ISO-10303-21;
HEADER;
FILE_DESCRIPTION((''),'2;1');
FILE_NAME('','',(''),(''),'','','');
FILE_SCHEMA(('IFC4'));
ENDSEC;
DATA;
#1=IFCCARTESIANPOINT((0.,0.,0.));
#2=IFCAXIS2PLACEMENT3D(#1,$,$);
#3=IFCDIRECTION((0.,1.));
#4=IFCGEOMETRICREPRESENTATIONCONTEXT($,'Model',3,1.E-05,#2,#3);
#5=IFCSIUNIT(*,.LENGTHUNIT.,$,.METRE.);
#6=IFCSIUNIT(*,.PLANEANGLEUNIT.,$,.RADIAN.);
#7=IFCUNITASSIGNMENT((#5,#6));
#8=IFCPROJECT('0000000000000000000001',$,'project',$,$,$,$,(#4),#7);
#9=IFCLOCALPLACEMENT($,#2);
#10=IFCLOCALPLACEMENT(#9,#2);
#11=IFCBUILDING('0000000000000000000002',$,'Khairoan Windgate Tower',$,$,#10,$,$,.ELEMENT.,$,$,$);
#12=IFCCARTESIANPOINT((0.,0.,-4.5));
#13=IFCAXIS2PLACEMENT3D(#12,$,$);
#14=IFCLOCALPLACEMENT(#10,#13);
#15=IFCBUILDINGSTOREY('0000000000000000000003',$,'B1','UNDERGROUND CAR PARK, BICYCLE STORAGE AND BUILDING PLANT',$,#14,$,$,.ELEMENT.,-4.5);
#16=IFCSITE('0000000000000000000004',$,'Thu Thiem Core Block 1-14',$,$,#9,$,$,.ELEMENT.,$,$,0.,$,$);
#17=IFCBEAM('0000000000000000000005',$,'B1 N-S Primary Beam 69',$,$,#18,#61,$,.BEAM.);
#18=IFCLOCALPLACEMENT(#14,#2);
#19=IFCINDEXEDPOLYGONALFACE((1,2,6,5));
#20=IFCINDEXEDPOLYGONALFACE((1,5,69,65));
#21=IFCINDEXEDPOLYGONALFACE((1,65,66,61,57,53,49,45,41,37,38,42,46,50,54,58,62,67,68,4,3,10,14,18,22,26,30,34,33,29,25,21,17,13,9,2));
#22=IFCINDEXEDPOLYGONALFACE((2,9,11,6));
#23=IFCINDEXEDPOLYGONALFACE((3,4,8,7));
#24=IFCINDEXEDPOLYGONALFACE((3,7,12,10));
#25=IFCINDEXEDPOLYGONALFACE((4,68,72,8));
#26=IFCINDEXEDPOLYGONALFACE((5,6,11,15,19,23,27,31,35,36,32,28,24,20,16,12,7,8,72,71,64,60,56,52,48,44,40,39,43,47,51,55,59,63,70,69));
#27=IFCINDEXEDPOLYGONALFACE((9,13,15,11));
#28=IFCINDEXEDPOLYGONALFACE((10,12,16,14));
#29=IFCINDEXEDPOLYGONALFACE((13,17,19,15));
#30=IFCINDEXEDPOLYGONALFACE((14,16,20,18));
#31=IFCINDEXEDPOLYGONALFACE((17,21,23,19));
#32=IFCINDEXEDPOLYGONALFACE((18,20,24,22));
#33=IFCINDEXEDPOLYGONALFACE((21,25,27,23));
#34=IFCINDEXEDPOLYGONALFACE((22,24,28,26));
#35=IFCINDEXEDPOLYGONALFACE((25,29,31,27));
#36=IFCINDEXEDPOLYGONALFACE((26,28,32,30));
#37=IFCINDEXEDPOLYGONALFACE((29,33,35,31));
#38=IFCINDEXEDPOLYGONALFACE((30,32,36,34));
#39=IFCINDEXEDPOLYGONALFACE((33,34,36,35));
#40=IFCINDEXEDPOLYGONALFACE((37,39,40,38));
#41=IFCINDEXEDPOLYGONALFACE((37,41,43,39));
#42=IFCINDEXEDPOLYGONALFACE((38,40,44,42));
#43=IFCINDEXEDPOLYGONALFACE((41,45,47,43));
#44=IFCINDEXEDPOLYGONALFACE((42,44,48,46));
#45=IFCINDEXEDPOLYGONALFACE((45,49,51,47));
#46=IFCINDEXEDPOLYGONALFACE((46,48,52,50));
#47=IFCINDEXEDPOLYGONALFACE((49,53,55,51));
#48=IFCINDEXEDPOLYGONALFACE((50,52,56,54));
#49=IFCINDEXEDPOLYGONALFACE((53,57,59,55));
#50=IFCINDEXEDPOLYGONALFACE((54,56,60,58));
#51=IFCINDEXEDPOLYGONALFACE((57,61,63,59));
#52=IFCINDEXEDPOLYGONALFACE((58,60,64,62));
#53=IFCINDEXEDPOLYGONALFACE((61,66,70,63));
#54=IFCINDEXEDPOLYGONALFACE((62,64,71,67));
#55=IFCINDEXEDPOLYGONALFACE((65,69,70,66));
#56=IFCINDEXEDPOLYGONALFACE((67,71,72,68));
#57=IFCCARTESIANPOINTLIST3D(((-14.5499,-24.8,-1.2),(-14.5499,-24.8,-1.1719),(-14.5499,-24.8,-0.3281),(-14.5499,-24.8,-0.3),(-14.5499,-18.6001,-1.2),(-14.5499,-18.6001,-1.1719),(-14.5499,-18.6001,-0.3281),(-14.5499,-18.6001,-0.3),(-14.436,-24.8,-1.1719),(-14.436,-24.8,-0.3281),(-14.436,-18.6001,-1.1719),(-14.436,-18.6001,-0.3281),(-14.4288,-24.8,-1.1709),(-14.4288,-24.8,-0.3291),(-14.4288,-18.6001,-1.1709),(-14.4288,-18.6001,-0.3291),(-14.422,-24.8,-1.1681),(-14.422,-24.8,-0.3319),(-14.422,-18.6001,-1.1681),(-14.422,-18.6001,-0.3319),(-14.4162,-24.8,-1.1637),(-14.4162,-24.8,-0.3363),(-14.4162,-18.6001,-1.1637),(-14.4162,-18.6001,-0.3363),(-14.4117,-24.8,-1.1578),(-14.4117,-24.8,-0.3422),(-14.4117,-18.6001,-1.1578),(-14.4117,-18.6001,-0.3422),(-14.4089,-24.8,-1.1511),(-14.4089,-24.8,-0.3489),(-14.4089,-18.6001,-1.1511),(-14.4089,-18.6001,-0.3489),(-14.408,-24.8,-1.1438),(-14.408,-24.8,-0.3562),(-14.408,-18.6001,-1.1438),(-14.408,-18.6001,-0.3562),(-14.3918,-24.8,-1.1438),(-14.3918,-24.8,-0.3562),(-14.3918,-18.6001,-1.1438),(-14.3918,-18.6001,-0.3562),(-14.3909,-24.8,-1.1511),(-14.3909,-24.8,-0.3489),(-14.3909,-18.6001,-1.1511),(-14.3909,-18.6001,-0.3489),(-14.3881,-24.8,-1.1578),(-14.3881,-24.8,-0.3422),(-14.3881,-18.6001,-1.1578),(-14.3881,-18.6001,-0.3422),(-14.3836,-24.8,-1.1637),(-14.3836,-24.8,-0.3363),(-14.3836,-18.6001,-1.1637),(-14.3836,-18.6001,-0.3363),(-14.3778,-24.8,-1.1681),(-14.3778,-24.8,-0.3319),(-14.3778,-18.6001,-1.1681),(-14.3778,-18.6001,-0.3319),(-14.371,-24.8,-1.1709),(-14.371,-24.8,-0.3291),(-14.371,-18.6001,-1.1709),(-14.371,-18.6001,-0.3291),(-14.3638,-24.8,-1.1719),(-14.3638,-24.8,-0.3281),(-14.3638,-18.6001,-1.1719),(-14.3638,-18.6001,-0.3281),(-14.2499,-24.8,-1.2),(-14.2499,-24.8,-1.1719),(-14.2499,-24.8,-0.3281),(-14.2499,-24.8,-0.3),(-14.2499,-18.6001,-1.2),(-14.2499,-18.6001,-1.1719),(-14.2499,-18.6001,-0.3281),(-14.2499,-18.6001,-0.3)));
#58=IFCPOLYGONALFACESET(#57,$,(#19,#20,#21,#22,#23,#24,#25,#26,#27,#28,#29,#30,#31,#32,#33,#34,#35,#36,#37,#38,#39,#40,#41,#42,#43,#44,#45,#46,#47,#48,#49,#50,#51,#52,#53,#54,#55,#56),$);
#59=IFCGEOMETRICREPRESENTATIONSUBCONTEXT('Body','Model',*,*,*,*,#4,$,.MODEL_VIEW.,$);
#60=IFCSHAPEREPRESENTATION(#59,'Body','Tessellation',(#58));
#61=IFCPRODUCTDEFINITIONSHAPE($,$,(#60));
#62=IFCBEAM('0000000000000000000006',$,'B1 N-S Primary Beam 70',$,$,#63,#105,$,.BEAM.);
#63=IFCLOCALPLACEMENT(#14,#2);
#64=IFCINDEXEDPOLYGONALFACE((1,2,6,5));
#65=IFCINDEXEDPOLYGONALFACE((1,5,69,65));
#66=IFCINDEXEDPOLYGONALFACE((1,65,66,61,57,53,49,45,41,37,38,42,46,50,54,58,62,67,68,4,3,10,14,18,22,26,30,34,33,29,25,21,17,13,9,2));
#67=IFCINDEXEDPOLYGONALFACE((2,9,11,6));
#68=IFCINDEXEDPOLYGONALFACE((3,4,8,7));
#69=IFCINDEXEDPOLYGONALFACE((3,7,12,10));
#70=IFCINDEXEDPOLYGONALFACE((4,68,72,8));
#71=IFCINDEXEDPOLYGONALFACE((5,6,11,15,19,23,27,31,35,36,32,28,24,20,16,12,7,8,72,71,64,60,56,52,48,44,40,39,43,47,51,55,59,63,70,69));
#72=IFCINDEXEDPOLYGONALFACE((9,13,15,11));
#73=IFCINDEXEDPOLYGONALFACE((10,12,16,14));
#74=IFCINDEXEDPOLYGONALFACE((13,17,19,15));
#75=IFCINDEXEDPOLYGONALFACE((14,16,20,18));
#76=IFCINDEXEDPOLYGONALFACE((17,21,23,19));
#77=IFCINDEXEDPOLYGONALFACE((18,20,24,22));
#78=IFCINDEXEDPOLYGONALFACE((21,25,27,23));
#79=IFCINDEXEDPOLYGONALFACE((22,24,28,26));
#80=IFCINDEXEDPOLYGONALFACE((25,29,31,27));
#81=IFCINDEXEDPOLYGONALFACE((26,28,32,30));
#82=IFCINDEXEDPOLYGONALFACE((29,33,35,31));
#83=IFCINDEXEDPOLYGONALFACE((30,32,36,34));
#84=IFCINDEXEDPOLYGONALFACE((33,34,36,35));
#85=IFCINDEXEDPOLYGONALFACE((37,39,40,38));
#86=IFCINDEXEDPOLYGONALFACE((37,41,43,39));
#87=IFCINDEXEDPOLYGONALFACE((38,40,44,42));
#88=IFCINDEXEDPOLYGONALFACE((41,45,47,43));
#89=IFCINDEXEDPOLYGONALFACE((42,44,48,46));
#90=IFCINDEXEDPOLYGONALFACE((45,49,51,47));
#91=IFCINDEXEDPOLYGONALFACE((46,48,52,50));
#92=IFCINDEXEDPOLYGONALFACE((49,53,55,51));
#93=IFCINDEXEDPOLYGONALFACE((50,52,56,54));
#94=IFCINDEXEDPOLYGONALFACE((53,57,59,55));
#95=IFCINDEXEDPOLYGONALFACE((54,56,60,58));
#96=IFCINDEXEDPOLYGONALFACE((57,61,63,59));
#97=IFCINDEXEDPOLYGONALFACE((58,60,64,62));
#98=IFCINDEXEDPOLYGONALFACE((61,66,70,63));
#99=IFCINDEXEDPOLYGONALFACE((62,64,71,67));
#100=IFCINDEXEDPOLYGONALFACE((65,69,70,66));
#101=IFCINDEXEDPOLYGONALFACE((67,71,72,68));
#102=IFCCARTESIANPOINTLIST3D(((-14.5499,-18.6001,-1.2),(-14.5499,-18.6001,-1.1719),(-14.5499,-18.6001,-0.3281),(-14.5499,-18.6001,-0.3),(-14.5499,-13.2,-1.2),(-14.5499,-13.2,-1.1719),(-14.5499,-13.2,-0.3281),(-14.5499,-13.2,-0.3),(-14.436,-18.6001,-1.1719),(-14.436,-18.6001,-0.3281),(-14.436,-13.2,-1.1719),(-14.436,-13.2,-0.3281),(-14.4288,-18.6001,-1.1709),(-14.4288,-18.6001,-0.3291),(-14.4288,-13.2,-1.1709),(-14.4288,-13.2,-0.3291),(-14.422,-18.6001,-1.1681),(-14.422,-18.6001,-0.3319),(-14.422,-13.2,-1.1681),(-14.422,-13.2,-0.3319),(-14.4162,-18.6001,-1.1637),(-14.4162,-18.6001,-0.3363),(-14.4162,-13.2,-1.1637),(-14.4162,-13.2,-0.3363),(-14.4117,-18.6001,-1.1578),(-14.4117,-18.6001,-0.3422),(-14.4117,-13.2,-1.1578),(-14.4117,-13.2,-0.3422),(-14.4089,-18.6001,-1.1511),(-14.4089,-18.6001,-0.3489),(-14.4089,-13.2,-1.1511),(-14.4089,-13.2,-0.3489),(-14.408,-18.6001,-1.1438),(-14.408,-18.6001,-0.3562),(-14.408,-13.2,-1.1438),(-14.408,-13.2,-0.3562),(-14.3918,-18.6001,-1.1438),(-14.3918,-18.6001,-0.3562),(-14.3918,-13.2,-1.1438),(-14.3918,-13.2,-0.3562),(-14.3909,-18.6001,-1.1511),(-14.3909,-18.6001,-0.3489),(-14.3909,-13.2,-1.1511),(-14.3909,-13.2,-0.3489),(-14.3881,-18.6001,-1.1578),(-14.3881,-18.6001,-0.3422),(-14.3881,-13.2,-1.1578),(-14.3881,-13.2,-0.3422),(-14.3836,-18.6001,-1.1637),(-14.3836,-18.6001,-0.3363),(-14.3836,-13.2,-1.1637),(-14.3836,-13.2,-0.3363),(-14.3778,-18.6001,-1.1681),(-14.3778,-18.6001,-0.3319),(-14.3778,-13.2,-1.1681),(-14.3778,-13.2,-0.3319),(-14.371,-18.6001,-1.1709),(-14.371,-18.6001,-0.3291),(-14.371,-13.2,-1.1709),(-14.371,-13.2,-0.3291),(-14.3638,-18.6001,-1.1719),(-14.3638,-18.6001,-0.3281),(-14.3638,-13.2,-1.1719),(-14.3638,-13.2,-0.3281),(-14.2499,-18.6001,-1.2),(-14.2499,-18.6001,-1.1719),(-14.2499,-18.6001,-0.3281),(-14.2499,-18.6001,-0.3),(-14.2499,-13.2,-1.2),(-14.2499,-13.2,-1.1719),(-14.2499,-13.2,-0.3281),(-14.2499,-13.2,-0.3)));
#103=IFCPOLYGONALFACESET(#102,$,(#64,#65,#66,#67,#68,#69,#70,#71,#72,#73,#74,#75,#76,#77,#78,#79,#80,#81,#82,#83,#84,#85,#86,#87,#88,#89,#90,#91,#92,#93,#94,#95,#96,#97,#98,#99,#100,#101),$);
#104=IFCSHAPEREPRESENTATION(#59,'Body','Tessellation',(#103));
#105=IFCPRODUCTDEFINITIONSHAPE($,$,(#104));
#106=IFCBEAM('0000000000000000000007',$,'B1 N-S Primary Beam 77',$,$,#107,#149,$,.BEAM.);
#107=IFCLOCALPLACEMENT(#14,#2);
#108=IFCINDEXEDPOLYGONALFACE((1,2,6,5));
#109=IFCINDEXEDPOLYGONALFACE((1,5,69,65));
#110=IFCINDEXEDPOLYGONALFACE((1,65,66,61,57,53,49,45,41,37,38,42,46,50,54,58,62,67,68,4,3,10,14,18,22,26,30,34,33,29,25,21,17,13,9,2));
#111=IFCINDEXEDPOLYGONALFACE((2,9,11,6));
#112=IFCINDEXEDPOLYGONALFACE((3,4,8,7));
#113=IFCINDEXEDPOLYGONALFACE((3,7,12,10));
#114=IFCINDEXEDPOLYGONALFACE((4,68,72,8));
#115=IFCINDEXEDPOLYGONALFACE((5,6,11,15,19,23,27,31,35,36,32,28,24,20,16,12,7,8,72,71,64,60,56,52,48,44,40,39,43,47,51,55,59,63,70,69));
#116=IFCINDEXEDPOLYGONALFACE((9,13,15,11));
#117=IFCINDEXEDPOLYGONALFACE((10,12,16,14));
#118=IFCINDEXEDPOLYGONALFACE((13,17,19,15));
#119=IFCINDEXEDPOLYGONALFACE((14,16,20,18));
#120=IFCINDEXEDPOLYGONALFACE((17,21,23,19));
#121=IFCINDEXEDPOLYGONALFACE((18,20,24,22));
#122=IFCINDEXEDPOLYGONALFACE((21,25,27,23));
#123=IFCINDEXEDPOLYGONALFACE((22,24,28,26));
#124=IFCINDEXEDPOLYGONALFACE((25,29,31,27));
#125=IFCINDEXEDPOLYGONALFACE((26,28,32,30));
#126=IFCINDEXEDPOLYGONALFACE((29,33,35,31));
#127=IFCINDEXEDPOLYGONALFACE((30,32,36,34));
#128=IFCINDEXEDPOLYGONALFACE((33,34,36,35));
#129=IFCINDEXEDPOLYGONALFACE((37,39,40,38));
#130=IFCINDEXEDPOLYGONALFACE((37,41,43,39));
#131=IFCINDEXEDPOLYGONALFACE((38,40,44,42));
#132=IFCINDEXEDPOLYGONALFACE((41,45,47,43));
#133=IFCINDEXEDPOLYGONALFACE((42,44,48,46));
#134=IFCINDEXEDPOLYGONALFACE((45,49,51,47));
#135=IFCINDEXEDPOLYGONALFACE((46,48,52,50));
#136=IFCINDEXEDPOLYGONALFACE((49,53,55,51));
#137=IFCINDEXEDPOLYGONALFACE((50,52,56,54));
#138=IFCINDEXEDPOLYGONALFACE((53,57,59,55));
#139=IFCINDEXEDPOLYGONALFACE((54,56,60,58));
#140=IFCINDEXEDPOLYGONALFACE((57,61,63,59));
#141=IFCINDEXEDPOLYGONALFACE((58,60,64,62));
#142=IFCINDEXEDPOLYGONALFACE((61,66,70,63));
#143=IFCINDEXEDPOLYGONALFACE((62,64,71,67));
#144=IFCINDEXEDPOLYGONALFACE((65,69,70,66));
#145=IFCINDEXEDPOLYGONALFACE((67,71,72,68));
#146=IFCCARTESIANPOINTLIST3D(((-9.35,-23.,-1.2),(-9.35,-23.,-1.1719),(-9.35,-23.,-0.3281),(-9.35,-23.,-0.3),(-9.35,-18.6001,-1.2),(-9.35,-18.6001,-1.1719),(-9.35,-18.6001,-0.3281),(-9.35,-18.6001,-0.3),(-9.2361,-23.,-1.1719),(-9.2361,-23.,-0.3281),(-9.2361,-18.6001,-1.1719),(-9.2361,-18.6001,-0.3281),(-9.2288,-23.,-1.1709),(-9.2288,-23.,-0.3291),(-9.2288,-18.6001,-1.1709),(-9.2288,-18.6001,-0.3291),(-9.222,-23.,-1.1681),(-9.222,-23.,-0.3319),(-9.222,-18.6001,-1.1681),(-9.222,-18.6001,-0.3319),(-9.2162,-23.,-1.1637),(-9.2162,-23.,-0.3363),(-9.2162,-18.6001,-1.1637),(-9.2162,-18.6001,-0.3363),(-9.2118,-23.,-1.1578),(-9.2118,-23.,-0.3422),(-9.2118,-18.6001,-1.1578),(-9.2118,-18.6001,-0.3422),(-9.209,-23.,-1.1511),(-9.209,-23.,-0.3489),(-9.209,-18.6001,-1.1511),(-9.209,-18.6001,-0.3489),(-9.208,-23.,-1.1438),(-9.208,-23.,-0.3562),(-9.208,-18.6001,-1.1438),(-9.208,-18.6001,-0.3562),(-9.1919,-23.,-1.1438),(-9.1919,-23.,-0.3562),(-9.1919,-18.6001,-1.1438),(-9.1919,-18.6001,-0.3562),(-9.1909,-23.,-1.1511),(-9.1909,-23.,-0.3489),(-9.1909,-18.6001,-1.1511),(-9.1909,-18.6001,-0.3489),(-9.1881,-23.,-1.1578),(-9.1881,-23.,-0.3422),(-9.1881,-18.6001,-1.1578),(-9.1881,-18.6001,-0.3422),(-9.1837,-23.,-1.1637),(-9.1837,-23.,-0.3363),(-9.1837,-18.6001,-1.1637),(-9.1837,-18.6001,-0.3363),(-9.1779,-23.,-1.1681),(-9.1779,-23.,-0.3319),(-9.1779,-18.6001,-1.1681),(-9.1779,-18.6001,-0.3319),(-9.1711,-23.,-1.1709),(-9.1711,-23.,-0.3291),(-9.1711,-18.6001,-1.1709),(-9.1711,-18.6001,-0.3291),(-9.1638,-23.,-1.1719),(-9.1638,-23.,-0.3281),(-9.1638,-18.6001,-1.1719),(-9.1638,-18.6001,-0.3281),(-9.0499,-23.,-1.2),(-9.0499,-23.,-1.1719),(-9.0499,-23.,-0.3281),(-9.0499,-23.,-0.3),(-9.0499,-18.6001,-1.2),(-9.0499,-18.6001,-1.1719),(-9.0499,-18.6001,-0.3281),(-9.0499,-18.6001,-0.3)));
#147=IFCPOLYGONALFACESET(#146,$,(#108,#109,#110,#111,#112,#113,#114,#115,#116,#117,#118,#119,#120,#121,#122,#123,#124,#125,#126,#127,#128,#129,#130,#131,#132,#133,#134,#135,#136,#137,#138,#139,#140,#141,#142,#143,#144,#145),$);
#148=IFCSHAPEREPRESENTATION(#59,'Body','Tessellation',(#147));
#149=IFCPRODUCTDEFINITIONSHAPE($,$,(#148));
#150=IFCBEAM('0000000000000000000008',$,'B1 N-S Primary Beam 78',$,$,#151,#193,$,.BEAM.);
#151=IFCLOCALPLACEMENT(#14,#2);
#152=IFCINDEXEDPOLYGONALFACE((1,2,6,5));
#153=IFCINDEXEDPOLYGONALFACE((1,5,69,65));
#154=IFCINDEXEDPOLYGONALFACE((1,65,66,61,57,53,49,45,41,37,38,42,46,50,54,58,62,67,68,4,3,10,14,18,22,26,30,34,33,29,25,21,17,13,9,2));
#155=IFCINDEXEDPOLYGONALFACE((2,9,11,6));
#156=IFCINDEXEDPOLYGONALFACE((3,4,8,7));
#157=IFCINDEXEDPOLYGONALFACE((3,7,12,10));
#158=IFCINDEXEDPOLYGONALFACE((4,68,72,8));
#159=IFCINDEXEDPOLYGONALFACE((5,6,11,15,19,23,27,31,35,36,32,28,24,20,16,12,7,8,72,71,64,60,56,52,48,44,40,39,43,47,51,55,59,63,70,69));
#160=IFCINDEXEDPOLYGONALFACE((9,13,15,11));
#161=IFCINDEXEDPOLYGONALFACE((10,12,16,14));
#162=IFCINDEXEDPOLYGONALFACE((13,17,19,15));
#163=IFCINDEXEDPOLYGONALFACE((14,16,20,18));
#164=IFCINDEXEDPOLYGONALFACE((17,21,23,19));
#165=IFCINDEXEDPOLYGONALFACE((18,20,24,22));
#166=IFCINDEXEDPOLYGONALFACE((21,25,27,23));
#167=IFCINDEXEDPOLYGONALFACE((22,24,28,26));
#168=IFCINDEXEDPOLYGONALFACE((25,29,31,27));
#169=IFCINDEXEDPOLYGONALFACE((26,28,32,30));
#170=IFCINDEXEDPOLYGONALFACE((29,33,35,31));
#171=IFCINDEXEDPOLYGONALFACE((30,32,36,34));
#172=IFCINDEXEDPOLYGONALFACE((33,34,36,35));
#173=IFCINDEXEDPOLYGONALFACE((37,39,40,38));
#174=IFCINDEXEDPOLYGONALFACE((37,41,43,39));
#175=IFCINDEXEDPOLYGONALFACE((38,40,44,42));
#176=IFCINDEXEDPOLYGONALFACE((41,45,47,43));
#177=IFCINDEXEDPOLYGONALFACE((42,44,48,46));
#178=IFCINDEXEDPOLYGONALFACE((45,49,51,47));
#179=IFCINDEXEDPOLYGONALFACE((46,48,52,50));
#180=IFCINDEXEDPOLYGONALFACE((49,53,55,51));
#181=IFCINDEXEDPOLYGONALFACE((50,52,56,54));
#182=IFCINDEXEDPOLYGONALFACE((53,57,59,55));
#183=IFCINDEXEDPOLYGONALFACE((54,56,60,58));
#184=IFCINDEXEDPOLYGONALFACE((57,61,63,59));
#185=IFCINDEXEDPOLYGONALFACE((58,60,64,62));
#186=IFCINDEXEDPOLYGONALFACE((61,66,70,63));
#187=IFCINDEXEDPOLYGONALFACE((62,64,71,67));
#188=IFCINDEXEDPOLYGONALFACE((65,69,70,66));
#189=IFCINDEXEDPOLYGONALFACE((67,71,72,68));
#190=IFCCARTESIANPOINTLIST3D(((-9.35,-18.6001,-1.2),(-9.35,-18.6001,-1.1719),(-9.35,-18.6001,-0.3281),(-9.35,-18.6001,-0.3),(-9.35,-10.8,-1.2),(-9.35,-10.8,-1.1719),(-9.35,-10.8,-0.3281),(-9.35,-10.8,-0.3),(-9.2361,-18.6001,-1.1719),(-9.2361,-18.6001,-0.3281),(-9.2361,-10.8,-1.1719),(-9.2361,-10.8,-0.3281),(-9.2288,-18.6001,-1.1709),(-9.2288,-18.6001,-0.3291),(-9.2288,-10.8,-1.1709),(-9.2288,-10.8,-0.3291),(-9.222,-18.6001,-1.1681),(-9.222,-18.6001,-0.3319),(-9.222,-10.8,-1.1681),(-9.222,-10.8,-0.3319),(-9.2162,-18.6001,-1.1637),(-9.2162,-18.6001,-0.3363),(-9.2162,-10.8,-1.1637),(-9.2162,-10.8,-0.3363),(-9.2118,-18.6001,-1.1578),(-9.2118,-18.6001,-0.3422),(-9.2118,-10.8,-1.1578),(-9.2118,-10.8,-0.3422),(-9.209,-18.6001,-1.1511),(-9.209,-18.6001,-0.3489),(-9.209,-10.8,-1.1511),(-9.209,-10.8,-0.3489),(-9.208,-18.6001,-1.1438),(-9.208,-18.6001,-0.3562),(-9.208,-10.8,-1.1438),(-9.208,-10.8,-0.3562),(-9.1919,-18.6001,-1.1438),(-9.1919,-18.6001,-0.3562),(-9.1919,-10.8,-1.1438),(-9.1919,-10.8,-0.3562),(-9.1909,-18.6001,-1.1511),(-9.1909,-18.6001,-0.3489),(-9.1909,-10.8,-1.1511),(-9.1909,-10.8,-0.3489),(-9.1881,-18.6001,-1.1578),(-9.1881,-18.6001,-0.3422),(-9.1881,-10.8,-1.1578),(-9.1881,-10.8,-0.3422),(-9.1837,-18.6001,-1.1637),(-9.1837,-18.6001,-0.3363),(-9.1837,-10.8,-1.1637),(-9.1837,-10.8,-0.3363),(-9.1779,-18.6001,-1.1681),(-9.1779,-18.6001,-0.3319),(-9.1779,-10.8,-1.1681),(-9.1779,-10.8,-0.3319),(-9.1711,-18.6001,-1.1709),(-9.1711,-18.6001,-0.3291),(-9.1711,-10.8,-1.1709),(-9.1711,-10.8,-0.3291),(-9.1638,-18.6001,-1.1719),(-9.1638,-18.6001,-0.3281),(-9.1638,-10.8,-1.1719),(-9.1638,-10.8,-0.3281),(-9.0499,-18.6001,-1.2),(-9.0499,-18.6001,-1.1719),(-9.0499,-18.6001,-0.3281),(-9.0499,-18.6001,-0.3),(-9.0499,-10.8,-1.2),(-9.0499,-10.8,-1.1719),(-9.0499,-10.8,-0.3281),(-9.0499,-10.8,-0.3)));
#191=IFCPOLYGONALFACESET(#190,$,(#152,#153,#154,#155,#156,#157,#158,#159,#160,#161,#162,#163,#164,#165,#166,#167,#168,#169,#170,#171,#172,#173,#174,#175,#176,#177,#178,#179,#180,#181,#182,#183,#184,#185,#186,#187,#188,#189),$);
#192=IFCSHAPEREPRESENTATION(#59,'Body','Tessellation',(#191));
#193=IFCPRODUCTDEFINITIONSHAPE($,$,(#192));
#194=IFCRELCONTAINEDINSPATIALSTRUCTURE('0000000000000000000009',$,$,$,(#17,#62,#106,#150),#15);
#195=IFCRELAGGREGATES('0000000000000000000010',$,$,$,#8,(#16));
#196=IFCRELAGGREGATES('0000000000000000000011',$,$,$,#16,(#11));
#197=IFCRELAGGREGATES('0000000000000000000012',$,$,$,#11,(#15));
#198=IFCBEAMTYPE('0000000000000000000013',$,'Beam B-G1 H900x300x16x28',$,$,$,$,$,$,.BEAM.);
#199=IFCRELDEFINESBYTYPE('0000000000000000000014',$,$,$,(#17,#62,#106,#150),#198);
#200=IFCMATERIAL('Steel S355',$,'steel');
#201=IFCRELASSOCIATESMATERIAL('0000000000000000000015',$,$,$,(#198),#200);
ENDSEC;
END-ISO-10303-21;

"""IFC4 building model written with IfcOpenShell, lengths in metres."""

from ifc_helpers import new_model, si_unit, direction, frame, origin, origin_2d, place, context, subcontext, project, spatial, i_section, extrude, material, material_profile, profile_set, type_object, element, save


model = new_model("IFC4")

# Units and contexts
model_context = context("Model", 3, precision=1e-05, world=origin(), true_north=direction((0.0, 1.0)))
body_context = subcontext(model_context, "Body", "Model", "MODEL_VIEW")
ifc_project = project(units=[si_unit("LENGTHUNIT", "METRE"), si_unit("PLANEANGLEUNIT", "RADIAN")], contexts=[model_context])

# Site, building, storey
site_placement = place(None, origin())
site = spatial("IfcSite", under=ifc_project, at=site_placement, Name="Thu Thiem Core Block 1-14", CompositionType="ELEMENT", RefElevation=0.0)
building_placement = place(site_placement, origin())
building = spatial("IfcBuilding", under=site, at=building_placement, Name="Khairoan Windgate Tower", CompositionType="ELEMENT")
storey_placement = place(building_placement, frame((0.0, 0.0, -4.5)))
storey = spatial("IfcBuildingStorey", under=building, at=storey_placement, Name="B1", Description="UNDERGROUND CAR PARK, BICYCLE STORAGE AND BUILDING PLANT", CompositionType="ELEMENT", Elevation=-4.5)

# Beams
ifc_material_1 = material(Name="Steel S355", Category="steel")
ifc_material_profile_1 = material_profile(ifc_material_1, i_section(OverallWidth=0.3, OverallDepth=0.8999, WebThickness=0.0161, FlangeThickness=0.0281, FilletRadius=0.0281, at=origin_2d()))
ifc_profile_set_1 = profile_set([ifc_material_profile_1], Name="Steel S355")
beam_type_1 = type_object("IfcBeamType", Name="Beam B-G1 H900x300x16x28", PredefinedType="BEAM", material=ifc_profile_set_1)
beam_1_placement = place(storey_placement, frame((-14.3999, -24.8, -0.75), z_axis=(0.0, 1.0, 0.0), x_axis=(-1.0, 0.0, 0.0)))
element("IfcBeam", 1, at=beam_1_placement, inside=storey, type_object=beam_type_1, Name="B1 N-S Primary Beam 69", PredefinedType="BEAM", context=body_context, shape_type="SweptSolid", body=[
    extrude(i_section(OverallWidth=0.3, OverallDepth=0.8999, WebThickness=0.0161, FlangeThickness=0.0281, FilletRadius=0.0281, at=origin_2d()), origin(), (0.0, 0.0, 1.0), 6.2),
])
beam_2_placement = place(storey_placement, frame((-14.3999, -18.6001, -0.75), z_axis=(0.0, 1.0, 0.0), x_axis=(-1.0, 0.0, 0.0)))
element("IfcBeam", 2, at=beam_2_placement, inside=storey, type_object=beam_type_1, Name="B1 N-S Primary Beam 70", PredefinedType="BEAM", context=body_context, shape_type="SweptSolid", body=[
    extrude(i_section(OverallWidth=0.3, OverallDepth=0.8999, WebThickness=0.0161, FlangeThickness=0.0281, FilletRadius=0.0281, at=origin_2d()), origin(), (0.0, 0.0, 1.0), 5.4001),
])
beam_3_placement = place(storey_placement, frame((-9.2, -23.0, -0.75), z_axis=(0.0, 1.0, 0.0), x_axis=(-1.0, 0.0, 0.0)))
element("IfcBeam", 3, at=beam_3_placement, inside=storey, type_object=beam_type_1, Name="B1 N-S Primary Beam 77", PredefinedType="BEAM", context=body_context, shape_type="SweptSolid", body=[
    extrude(i_section(OverallWidth=0.3, OverallDepth=0.8999, WebThickness=0.0161, FlangeThickness=0.0281, FilletRadius=0.0281, at=origin_2d()), origin(), (0.0, 0.0, 1.0), 4.3999),
])
beam_4_placement = place(storey_placement, frame((-9.2, -18.6001, -0.75), z_axis=(0.0, 1.0, 0.0), x_axis=(-1.0, 0.0, 0.0)))
element("IfcBeam", 4, at=beam_4_placement, inside=storey, type_object=beam_type_1, Name="B1 N-S Primary Beam 78", PredefinedType="BEAM", context=body_context, shape_type="SweptSolid", body=[
    extrude(i_section(OverallWidth=0.3, OverallDepth=0.8999, WebThickness=0.0161, FlangeThickness=0.0281, FilletRadius=0.0281, at=origin_2d()), origin(), (0.0, 0.0, 1.0), 7.8),
])

save(model, "model.ifc")
